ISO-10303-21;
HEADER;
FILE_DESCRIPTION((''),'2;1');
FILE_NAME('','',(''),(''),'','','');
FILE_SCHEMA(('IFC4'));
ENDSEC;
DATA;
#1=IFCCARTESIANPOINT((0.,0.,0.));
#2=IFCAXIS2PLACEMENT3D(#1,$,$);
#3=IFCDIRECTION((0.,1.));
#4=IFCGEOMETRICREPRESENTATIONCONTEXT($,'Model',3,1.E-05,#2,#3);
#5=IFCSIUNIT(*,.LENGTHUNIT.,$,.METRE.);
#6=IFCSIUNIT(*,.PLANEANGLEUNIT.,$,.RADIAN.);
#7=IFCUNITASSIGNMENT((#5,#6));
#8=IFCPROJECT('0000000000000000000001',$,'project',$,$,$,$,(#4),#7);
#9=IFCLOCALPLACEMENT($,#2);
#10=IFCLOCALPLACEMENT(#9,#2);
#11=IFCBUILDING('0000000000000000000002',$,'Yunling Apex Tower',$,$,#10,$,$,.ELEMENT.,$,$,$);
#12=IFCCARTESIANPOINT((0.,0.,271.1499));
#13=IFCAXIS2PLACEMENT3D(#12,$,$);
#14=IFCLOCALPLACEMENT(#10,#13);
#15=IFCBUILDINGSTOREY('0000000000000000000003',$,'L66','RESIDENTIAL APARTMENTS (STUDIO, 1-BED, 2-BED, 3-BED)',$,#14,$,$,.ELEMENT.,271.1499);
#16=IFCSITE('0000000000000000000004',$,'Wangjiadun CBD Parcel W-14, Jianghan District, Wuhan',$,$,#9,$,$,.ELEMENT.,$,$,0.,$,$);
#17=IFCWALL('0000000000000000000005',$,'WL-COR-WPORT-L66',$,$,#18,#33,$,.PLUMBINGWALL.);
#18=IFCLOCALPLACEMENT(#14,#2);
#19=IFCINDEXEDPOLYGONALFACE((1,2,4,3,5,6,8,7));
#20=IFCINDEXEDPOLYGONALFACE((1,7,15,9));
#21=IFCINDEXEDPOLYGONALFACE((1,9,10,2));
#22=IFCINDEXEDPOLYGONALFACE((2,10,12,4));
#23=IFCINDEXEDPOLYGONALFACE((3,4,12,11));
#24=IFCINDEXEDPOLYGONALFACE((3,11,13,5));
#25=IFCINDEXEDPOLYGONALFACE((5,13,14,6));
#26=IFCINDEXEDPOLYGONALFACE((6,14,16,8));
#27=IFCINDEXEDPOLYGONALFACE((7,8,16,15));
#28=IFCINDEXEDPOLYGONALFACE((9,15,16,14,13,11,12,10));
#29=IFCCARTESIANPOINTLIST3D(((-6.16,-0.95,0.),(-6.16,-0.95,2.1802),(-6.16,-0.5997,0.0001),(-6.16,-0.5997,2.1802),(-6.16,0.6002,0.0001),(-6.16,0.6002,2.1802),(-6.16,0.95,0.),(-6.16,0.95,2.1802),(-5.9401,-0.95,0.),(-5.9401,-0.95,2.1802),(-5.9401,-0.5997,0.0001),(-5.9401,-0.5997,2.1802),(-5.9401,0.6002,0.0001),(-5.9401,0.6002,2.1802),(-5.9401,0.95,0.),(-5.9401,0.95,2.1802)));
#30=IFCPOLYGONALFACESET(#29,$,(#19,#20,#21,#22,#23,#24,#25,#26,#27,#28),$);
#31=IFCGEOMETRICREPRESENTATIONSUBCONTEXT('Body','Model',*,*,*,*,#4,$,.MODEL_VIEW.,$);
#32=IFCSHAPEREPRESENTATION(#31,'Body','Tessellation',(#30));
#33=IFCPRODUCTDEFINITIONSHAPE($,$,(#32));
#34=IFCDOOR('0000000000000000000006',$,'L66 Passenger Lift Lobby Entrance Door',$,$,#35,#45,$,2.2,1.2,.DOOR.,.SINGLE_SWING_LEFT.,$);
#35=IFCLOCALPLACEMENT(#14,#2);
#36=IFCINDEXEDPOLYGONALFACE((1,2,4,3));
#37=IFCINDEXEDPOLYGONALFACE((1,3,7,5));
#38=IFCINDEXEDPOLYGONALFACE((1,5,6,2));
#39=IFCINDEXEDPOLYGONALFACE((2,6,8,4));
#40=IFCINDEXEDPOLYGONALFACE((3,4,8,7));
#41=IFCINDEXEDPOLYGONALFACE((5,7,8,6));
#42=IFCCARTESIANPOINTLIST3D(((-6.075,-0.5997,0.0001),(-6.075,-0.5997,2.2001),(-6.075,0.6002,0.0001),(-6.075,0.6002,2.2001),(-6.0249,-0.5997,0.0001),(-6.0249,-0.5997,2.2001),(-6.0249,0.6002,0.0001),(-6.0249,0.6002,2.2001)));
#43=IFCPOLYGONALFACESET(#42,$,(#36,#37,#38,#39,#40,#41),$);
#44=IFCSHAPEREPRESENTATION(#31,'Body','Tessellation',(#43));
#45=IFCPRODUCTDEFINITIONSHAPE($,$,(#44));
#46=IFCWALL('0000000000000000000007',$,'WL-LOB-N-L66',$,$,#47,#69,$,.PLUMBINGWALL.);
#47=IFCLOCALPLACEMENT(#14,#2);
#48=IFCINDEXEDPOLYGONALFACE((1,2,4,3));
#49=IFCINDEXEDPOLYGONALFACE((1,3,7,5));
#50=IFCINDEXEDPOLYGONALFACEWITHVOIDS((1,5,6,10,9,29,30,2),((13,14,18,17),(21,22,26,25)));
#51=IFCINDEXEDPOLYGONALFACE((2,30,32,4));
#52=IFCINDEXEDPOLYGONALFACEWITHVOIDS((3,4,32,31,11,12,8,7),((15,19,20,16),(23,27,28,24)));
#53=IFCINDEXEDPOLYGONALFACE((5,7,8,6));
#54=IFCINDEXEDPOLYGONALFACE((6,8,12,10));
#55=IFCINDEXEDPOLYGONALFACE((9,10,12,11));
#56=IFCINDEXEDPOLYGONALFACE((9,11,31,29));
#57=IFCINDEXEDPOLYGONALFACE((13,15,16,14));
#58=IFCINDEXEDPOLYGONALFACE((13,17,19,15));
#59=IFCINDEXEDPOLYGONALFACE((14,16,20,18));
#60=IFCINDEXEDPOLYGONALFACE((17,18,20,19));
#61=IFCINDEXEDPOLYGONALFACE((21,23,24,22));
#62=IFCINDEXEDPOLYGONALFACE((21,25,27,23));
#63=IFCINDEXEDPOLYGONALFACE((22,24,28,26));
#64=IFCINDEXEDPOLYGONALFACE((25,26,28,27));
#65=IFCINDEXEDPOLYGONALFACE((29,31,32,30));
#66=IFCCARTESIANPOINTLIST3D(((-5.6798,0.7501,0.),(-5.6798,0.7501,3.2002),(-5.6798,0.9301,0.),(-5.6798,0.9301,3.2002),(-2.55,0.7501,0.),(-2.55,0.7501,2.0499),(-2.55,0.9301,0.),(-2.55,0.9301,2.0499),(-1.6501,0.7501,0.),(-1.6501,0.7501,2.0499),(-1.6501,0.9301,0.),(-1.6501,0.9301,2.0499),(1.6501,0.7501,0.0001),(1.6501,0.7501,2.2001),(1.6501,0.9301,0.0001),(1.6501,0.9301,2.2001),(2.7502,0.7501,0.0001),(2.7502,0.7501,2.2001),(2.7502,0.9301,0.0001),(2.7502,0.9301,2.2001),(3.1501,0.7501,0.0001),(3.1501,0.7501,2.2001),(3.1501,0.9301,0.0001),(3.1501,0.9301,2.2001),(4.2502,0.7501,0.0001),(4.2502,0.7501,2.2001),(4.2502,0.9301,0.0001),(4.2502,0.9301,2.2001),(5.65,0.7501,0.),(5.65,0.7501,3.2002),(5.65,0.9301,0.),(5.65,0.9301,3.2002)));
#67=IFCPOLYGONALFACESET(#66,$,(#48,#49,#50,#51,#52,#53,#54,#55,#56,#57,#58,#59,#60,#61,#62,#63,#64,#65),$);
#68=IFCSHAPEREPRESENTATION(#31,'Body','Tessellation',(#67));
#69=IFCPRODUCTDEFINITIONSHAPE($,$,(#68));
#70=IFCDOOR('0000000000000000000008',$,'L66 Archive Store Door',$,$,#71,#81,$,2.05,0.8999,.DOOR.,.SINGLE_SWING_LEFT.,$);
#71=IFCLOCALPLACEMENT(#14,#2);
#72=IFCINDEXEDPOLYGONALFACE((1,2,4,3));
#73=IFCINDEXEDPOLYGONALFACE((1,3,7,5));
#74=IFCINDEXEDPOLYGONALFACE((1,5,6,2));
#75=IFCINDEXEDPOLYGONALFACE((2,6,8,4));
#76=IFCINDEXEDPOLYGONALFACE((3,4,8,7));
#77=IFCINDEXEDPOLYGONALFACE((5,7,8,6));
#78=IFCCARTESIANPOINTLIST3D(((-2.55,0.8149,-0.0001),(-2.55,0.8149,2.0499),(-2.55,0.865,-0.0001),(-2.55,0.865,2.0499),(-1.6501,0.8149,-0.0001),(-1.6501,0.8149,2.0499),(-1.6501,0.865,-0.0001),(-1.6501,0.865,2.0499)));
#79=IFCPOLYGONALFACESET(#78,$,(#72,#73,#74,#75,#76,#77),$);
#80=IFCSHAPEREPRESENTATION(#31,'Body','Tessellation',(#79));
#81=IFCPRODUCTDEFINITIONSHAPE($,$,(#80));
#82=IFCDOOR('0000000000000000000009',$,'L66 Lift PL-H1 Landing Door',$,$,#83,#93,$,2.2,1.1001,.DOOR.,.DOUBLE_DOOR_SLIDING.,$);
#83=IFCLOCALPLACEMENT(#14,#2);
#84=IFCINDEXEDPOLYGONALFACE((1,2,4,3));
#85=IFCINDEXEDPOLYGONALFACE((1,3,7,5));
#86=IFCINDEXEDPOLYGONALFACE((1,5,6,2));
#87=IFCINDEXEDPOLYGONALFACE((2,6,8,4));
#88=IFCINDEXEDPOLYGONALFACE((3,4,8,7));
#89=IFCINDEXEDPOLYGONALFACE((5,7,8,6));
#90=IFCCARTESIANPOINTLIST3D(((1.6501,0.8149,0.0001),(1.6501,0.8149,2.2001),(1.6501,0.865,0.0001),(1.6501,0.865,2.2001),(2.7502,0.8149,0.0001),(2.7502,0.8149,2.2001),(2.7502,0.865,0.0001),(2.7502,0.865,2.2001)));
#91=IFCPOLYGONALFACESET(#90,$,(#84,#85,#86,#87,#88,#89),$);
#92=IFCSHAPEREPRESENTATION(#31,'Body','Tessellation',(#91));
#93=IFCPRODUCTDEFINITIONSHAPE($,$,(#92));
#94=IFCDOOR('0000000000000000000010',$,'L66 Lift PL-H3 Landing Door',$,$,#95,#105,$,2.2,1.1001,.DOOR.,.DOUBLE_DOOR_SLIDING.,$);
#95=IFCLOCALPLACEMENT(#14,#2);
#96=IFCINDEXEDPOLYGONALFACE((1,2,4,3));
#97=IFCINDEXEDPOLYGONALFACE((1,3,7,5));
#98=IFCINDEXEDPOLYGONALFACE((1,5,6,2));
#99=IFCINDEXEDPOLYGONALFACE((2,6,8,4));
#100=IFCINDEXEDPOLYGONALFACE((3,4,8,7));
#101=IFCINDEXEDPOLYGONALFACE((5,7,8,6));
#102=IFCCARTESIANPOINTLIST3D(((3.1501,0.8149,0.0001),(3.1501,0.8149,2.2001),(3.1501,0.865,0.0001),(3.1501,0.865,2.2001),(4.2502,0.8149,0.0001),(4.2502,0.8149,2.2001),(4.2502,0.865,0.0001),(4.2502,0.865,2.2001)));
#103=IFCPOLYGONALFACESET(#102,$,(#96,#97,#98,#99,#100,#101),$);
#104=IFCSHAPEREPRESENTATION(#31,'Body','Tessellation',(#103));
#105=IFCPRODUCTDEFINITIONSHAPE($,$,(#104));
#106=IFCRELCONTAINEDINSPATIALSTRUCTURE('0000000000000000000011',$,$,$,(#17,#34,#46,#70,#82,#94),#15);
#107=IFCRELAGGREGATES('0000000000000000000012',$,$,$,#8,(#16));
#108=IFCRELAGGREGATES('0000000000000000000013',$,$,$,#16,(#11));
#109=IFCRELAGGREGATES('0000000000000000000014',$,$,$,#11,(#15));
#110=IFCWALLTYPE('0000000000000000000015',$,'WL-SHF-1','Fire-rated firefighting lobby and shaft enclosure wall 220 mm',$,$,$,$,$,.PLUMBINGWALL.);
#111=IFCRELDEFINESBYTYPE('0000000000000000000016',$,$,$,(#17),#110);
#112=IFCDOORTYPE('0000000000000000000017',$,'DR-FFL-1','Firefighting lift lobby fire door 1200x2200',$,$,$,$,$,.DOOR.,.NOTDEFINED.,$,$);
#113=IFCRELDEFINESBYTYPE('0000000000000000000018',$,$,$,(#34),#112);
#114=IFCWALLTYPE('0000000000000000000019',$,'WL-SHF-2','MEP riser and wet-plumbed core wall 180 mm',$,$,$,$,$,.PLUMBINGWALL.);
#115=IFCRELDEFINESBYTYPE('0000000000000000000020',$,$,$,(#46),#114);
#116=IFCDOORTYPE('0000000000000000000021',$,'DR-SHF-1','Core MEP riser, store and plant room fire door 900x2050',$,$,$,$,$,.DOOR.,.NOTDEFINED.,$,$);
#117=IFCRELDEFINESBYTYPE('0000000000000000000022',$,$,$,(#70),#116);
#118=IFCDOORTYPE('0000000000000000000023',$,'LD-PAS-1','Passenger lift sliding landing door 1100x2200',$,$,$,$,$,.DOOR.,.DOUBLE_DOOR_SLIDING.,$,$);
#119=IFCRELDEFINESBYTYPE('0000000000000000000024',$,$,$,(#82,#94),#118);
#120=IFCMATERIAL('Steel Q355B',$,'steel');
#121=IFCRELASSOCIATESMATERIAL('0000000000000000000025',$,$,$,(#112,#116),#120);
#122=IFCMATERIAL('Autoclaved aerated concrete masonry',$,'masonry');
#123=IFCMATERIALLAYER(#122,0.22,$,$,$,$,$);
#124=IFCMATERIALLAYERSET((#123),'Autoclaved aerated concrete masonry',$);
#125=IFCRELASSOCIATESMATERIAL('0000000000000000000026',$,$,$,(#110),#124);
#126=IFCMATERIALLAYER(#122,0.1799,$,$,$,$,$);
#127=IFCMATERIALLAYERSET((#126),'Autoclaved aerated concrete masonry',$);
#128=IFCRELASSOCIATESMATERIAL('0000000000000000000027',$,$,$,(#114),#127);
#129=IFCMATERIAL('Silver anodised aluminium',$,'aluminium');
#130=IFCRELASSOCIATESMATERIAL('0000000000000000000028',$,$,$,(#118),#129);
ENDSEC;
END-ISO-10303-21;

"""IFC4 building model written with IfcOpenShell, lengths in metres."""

from ifc_helpers import new_model, si_unit, direction, frame, frame_2d, origin, place, context, subcontext, project, spatial, rectangle, extrude, material, layer, layer_set, type_object, element, fill, save


model = new_model("IFC4")

# Units and contexts
model_context = context("Model", 3, precision=1e-05, world=origin(), true_north=direction((0.0, 1.0)))
body_context = subcontext(model_context, "Body", "Model", "MODEL_VIEW")
ifc_project = project(units=[si_unit("LENGTHUNIT", "METRE"), si_unit("PLANEANGLEUNIT", "RADIAN")], contexts=[model_context])

# Site, building, storey
site_placement = place(None, origin())
site = spatial("IfcSite", under=ifc_project, at=site_placement, Name="Wangjiadun CBD Parcel W-14, Jianghan District, Wuhan", CompositionType="ELEMENT", RefElevation=0.0)
building_placement = place(site_placement, origin())
building = spatial("IfcBuilding", under=site, at=building_placement, Name="Yunling Apex Tower", CompositionType="ELEMENT")
storey_placement = place(building_placement, frame((0.0, 0.0, 271.1499)))
storey = spatial("IfcBuildingStorey", under=building, at=storey_placement, Name="L66", Description="RESIDENTIAL APARTMENTS (STUDIO, 1-BED, 2-BED, 3-BED)", CompositionType="ELEMENT", Elevation=271.1499)

# Shared definitions
ifc_material_1 = material(Name="Steel Q355B", Category="steel")

# Shared definitions
door_type_1 = type_object("IfcDoorType", Name="DR-FFL-1", Description="Firefighting lift lobby fire door 1200x2200", OperationType="NOTDEFINED", PredefinedType="DOOR", material=ifc_material_1)

# Wall, opening, door
ifc_material_2 = material(Name="Autoclaved aerated concrete masonry", Category="masonry")
ifc_layer_1 = layer(ifc_material_2, 0.22)
ifc_layer_set_1 = layer_set([ifc_layer_1], Name="Autoclaved aerated concrete masonry")
wall_type_1 = type_object("IfcWallType", Name="WL-SHF-1", Description="Fire-rated firefighting lobby and shaft enclosure wall 220 mm", PredefinedType="PLUMBINGWALL", material=ifc_layer_set_1)
wall_1_placement = place(storey_placement, frame((-6.05, -0.95, 0.0), z_axis=(0.0, 0.0, 1.0), x_axis=(0.0, 1.0, 0.0)))
wall_1 = element("IfcWall", 1, at=wall_1_placement, inside=storey, type_object=wall_type_1, Name="WL-COR-WPORT-L66", PredefinedType="PLUMBINGWALL", context=body_context, shape_type="SweptSolid", body=[
    extrude(rectangle(XDim=1.8999, YDim=0.22, at=frame_2d((0.95, 0.0))), origin(), (0.0, 0.0, 1.0), 2.1802),
])
opening_1_placement = place(wall_1_placement, frame((0.3501, 0.0, 0.0)))
opening_1 = element("IfcOpeningElement", 2, at=opening_1_placement, cuts=wall_1, PredefinedType="OPENING", context=body_context, shape_type="SweptSolid", body=[
    extrude(rectangle(XDim=1.2, YDim=2.2, at=frame_2d((0.6001, 1.1001))), frame((0.0, 0.1201, 0.0), z_axis=(0.0, -1.0, 0.0), x_axis=(1.0, 0.0, 0.0)), (0.0, 0.0, 1.0), 0.24),
])
door_1_placement = place(opening_1_placement, origin())
door_1 = element("IfcDoor", 3, at=door_1_placement, inside=storey, type_object=door_type_1, Name="L66 Passenger Lift Lobby Entrance Door", OperationType="SINGLE_SWING_LEFT", OverallHeight=2.2, OverallWidth=1.2, PredefinedType="DOOR", context=body_context, shape_type="SweptSolid", body=[
    extrude(rectangle(XDim=1.2, YDim=2.2, at=frame_2d((0.6001, 1.1001))), frame((0.0, 0.0249, 0.0), z_axis=(0.0, -1.0, 0.0), x_axis=(1.0, 0.0, 0.0)), (0.0, 0.0, 1.0), 0.05),
])
fill(opening_1, door_1)

# Wall, openings, doors
ifc_layer_2 = layer(ifc_material_2, 0.1799)
ifc_layer_set_2 = layer_set([ifc_layer_2], Name="Autoclaved aerated concrete masonry")
wall_type_2 = type_object("IfcWallType", Name="WL-SHF-2", Description="MEP riser and wet-plumbed core wall 180 mm", PredefinedType="PLUMBINGWALL", material=ifc_layer_set_2)
wall_2_placement = place(storey_placement, frame((-5.6799, 0.8401, 0.0), z_axis=(0.0, 0.0, 1.0), x_axis=(1.0, 0.0, 0.0)))
wall_2 = element("IfcWall", 4, at=wall_2_placement, inside=storey, type_object=wall_type_2, Name="WL-LOB-N-L66", PredefinedType="PLUMBINGWALL", context=body_context, shape_type="SweptSolid", body=[
    extrude(rectangle(XDim=11.3298, YDim=0.1799, at=frame_2d((5.665, 0.0))), origin(), (0.0, 0.0, 1.0), 3.2002),
])
opening_2_placement = place(wall_2_placement, frame((3.1299, 0.0, 0.0)))
opening_2 = element("IfcOpeningElement", 5, at=opening_2_placement, cuts=wall_2, PredefinedType="OPENING", context=body_context, shape_type="SweptSolid", body=[
    extrude(rectangle(XDim=0.8999, YDim=2.05, at=frame_2d((0.45, 1.0249))), frame((0.0, 0.1001, 0.0), z_axis=(0.0, -1.0, 0.0), x_axis=(1.0, 0.0, 0.0)), (0.0, 0.0, 1.0), 0.2),
])
opening_3_placement = place(wall_2_placement, frame((7.3301, 0.0, 0.0)))
opening_3 = element("IfcOpeningElement", 6, at=opening_3_placement, cuts=wall_2, PredefinedType="OPENING", context=body_context, shape_type="SweptSolid", body=[
    extrude(rectangle(XDim=1.1001, YDim=2.2, at=frame_2d((0.55, 1.1001))), frame((0.0, 0.1001, 0.0), z_axis=(0.0, -1.0, 0.0), x_axis=(1.0, 0.0, 0.0)), (0.0, 0.0, 1.0), 0.2),
])
opening_4_placement = place(wall_2_placement, frame((8.8301, 0.0, 0.0)))
opening_4 = element("IfcOpeningElement", 7, at=opening_4_placement, cuts=wall_2, PredefinedType="OPENING", context=body_context, shape_type="SweptSolid", body=[
    extrude(rectangle(XDim=1.1001, YDim=2.2, at=frame_2d((0.55, 1.1001))), frame((0.0, 0.1001, 0.0), z_axis=(0.0, -1.0, 0.0), x_axis=(1.0, 0.0, 0.0)), (0.0, 0.0, 1.0), 0.2),
])
door_type_2 = type_object("IfcDoorType", Name="DR-SHF-1", Description="Core MEP riser, store and plant room fire door 900x2050", OperationType="NOTDEFINED", PredefinedType="DOOR", material=ifc_material_1)
door_2_placement = place(opening_2_placement, origin())
door_2 = element("IfcDoor", 8, at=door_2_placement, inside=storey, type_object=door_type_2, Name="L66 Archive Store Door", OperationType="SINGLE_SWING_LEFT", OverallHeight=2.05, OverallWidth=0.8999, PredefinedType="DOOR", context=body_context, shape_type="SweptSolid", body=[
    extrude(rectangle(XDim=0.8999, YDim=2.05, at=frame_2d((0.45, 1.0249))), frame((0.0, 0.0249, 0.0), z_axis=(0.0, -1.0, 0.0), x_axis=(1.0, 0.0, 0.0)), (0.0, 0.0, 1.0), 0.05),
])
fill(opening_2, door_2)
ifc_material_3 = material(Name="Silver anodised aluminium", Category="aluminium")
door_type_3 = type_object("IfcDoorType", Name="LD-PAS-1", Description="Passenger lift sliding landing door 1100x2200", OperationType="DOUBLE_DOOR_SLIDING", PredefinedType="DOOR", material=ifc_material_3)
door_3_placement = place(opening_3_placement, origin())
door_3 = element("IfcDoor", 9, at=door_3_placement, inside=storey, type_object=door_type_3, Name="L66 Lift PL-H1 Landing Door", OperationType="DOUBLE_DOOR_SLIDING", OverallHeight=2.2, OverallWidth=1.1001, PredefinedType="DOOR", context=body_context, shape_type="SweptSolid", body=[
    extrude(rectangle(XDim=1.1001, YDim=2.2, at=frame_2d((0.55, 1.1001))), frame((0.0, 0.0249, 0.0), z_axis=(0.0, -1.0, 0.0), x_axis=(1.0, 0.0, 0.0)), (0.0, 0.0, 1.0), 0.05),
])
fill(opening_3, door_3)
door_4_placement = place(opening_4_placement, origin())
door_4 = element("IfcDoor", 10, at=door_4_placement, inside=storey, type_object=door_type_3, Name="L66 Lift PL-H3 Landing Door", OperationType="DOUBLE_DOOR_SLIDING", OverallHeight=2.2, OverallWidth=1.1001, PredefinedType="DOOR", context=body_context, shape_type="SweptSolid", body=[
    extrude(rectangle(XDim=1.1001, YDim=2.2, at=frame_2d((0.55, 1.1001))), frame((0.0, 0.0249, 0.0), z_axis=(0.0, -1.0, 0.0), x_axis=(1.0, 0.0, 0.0)), (0.0, 0.0, 1.0), 0.05),
])
fill(opening_4, door_4)

save(model, "model.ifc")
